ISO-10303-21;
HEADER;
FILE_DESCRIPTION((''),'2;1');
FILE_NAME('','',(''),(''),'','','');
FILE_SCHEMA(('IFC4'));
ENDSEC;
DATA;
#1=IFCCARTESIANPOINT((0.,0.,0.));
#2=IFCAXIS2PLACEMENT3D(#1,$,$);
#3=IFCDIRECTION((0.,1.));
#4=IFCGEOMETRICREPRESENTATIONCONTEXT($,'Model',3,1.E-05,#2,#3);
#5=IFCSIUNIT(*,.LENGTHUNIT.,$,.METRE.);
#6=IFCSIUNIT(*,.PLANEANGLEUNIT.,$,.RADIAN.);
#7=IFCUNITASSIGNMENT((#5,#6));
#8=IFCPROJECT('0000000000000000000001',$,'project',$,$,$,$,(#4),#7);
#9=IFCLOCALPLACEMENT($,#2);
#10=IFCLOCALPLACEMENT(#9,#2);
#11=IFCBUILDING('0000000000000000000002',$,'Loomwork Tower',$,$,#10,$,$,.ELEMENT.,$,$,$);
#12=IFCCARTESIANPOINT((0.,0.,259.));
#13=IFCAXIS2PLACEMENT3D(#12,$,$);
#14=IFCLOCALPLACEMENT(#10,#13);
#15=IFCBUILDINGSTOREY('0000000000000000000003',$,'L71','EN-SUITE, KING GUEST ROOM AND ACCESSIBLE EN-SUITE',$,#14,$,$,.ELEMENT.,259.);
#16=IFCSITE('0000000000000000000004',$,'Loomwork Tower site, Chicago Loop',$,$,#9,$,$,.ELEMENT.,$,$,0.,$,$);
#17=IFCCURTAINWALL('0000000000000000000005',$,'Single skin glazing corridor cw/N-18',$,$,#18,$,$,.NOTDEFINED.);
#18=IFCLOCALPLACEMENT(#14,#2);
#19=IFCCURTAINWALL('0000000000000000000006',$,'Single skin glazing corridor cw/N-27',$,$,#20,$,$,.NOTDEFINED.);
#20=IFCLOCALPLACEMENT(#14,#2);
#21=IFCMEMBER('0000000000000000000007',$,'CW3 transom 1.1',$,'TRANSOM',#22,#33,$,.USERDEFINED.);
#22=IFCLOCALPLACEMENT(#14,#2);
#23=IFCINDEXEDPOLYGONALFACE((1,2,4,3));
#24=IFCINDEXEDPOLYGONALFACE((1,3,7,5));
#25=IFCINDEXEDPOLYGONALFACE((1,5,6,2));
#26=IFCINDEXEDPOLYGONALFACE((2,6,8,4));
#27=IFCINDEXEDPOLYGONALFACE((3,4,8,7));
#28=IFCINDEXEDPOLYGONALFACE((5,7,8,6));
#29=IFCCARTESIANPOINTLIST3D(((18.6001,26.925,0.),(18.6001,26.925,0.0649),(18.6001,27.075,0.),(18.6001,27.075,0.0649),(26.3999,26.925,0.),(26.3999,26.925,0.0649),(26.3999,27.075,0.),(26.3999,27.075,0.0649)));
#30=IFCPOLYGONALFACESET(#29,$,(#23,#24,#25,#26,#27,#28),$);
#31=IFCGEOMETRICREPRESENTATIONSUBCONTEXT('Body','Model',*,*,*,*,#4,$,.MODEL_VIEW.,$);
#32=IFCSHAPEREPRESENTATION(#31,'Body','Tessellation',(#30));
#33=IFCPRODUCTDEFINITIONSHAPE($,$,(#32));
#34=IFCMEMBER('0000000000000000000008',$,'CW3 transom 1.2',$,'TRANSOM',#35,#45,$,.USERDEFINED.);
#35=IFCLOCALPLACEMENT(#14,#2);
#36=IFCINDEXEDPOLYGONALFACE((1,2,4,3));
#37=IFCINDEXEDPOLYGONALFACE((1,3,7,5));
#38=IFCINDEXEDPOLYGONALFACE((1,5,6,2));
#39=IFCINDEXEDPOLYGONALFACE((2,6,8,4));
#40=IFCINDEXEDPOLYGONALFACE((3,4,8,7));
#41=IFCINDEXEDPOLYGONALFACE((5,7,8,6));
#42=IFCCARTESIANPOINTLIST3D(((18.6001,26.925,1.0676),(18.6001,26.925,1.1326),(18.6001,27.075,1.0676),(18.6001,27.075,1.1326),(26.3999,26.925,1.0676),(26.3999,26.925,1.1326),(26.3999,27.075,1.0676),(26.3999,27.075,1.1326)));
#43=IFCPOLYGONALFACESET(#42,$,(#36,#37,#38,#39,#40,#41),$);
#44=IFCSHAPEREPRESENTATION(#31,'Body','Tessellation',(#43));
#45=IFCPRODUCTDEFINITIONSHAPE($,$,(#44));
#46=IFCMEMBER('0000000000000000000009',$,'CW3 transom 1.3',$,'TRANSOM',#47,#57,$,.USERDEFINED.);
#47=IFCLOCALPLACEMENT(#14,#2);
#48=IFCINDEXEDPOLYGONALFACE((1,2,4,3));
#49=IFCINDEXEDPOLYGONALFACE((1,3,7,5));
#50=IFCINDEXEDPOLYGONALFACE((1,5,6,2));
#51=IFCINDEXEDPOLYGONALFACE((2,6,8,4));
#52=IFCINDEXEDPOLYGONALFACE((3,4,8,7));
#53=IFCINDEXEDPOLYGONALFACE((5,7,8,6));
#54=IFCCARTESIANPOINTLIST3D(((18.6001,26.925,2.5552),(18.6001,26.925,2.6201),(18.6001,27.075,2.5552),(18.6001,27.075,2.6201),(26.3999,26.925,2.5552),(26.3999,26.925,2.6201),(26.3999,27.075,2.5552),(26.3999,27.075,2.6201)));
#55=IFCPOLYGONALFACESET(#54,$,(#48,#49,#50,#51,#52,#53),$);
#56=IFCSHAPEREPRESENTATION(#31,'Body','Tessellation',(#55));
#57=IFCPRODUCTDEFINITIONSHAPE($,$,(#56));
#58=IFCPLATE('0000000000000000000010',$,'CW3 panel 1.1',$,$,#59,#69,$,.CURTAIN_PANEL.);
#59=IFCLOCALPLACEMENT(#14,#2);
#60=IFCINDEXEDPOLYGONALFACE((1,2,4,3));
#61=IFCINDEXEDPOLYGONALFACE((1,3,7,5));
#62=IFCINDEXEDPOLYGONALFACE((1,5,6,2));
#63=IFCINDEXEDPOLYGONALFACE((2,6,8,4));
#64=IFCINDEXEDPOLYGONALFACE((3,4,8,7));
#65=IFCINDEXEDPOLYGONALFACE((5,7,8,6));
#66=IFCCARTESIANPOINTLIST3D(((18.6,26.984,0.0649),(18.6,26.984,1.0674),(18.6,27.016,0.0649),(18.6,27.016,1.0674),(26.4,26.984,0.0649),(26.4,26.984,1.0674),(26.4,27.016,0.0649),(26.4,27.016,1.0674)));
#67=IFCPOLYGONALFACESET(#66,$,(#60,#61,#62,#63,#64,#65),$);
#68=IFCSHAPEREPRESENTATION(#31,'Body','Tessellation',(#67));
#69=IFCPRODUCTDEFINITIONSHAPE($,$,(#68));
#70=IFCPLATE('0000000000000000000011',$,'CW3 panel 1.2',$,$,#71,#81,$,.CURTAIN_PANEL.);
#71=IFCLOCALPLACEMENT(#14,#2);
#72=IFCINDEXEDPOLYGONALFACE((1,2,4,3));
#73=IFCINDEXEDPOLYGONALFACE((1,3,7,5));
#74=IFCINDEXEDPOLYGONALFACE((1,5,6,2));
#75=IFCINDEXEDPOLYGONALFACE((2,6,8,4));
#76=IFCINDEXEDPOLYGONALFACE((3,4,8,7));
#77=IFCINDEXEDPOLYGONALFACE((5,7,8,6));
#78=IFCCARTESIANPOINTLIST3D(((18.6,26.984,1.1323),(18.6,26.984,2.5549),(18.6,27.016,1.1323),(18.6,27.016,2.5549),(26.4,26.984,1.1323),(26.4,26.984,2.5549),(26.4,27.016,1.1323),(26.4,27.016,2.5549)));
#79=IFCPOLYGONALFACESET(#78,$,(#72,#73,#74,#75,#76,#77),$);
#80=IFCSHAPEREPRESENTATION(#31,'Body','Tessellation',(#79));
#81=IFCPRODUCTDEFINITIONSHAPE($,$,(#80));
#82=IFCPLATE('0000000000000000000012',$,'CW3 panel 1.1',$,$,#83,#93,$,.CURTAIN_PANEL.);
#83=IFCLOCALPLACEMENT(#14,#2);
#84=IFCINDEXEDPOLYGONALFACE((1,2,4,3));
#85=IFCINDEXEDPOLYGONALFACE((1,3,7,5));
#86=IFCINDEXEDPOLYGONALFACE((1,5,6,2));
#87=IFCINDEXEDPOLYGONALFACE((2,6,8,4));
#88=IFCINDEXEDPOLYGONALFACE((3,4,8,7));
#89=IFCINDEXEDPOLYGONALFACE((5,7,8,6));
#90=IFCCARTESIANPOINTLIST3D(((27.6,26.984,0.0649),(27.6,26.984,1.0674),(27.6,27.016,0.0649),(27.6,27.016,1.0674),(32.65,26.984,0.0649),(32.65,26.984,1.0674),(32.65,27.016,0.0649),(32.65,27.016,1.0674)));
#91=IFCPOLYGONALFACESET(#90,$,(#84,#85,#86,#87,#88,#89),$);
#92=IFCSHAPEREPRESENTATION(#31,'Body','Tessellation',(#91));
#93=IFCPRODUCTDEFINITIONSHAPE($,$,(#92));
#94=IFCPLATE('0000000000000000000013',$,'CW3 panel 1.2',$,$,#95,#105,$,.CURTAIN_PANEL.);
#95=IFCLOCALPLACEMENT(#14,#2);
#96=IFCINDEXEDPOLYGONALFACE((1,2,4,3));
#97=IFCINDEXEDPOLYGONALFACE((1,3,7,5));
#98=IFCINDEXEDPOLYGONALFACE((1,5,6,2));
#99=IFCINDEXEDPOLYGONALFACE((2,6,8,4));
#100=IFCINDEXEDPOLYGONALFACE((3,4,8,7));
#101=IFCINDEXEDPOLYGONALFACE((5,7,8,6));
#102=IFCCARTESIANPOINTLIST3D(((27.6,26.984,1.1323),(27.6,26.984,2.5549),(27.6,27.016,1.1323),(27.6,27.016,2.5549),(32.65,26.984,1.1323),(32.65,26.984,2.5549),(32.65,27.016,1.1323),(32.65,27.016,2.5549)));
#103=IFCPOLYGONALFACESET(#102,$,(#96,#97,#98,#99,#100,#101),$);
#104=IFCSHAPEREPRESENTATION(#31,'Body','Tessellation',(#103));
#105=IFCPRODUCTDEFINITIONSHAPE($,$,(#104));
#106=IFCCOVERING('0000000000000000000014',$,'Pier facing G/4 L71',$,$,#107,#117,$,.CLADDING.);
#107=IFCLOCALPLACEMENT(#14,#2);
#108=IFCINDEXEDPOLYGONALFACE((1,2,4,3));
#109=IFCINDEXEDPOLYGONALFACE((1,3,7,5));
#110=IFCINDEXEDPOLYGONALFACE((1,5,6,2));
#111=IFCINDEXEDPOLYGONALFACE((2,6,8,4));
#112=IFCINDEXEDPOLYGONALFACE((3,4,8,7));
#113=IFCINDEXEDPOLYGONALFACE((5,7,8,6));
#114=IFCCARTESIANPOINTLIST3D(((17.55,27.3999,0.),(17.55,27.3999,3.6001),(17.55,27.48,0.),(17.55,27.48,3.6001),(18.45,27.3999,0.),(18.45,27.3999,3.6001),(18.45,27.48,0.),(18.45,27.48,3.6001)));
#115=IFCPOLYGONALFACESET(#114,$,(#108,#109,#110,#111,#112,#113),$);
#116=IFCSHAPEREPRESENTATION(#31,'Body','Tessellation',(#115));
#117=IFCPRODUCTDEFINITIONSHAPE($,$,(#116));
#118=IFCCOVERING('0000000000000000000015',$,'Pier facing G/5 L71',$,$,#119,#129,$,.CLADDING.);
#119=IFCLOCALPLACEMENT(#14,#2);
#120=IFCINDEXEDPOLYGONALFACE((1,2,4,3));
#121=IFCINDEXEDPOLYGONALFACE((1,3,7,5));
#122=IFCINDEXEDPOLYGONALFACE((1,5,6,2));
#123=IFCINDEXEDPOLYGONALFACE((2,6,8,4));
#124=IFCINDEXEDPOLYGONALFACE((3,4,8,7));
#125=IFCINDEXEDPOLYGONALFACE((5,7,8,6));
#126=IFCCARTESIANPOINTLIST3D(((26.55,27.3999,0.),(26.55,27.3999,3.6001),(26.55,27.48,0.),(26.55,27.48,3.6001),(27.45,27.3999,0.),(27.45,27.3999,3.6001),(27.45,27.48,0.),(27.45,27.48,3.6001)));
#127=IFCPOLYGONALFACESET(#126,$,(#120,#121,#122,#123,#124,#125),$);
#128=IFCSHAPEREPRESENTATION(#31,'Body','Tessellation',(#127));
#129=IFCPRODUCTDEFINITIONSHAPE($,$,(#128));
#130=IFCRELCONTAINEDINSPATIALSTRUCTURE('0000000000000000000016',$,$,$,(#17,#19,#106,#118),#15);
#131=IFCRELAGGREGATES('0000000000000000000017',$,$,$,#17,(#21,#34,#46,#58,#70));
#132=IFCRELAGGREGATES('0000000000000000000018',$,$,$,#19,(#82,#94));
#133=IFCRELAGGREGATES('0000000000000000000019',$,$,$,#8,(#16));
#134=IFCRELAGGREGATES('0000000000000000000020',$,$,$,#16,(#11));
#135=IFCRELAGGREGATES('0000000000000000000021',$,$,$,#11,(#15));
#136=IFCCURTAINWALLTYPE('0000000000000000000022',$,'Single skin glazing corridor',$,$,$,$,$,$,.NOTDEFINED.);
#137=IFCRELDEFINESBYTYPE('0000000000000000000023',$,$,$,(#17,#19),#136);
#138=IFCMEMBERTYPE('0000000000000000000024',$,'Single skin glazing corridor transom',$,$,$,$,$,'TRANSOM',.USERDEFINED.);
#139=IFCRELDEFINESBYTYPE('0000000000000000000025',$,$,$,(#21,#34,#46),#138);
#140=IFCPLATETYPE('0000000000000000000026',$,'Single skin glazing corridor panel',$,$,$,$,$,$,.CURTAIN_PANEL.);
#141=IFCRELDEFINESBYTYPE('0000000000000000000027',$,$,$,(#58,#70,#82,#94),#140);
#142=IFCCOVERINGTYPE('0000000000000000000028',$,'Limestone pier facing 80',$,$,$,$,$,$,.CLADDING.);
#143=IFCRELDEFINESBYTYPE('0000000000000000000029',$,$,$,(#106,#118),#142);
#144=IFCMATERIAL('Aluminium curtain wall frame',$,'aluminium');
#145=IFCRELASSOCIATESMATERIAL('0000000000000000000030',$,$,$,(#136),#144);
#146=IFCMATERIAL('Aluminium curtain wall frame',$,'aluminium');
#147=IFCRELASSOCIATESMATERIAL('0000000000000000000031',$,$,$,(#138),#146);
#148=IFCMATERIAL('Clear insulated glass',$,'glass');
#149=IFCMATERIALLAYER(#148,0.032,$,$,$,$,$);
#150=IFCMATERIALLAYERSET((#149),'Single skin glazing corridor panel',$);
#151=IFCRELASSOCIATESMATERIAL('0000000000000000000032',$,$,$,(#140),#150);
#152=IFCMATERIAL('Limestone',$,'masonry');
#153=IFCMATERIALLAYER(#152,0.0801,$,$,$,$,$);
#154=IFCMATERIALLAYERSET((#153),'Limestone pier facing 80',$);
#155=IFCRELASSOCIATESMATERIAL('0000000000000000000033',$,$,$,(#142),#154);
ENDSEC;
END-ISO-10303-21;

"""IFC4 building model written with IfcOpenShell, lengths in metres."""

from ifc_helpers import new_model, si_unit, direction, frame, origin, origin_2d, place, context, subcontext, project, spatial, rectangle, extrude, material, layer, layer_set, material_profile, profile_set, type_object, element, aggregate, save


model = new_model("IFC4")

# Units and contexts
model_context = context("Model", 3, precision=1e-05, world=origin(), true_north=direction((0.0, 1.0)))
body_context = subcontext(model_context, "Body", "Model", "MODEL_VIEW")
ifc_project = project(units=[si_unit("LENGTHUNIT", "METRE"), si_unit("PLANEANGLEUNIT", "RADIAN")], contexts=[model_context])

# Site, building, storey
site_placement = place(None, origin())
site = spatial("IfcSite", under=ifc_project, at=site_placement, Name="Loomwork Tower site, Chicago Loop", CompositionType="ELEMENT", RefElevation=0.0)
building_placement = place(site_placement, origin())
building = spatial("IfcBuilding", under=site, at=building_placement, Name="Loomwork Tower", CompositionType="ELEMENT")
storey_placement = place(building_placement, frame((0.0, 0.0, 259.0)))
storey = spatial("IfcBuildingStorey", under=building, at=storey_placement, Name="L71", Description="EN-SUITE, KING GUEST ROOM AND ACCESSIBLE EN-SUITE", CompositionType="ELEMENT", Elevation=259.0)

# Shared definitions
ifc_material_1 = material(Name="Aluminium curtain wall frame", Category="aluminium")
curtain_wall_type = type_object("IfcCurtainWallType", Name="Single skin glazing corridor", PredefinedType="NOTDEFINED", material=ifc_material_1)

# Curtain wall
curtain_wall_1_placement = place(storey_placement, origin())
curtain_wall_1 = element("IfcCurtainWall", 1, at=curtain_wall_1_placement, inside=storey, type_object=curtain_wall_type, Name="Single skin glazing corridor cw/N-18", PredefinedType="NOTDEFINED")

# Curtain wall
curtain_wall_2_placement = place(storey_placement, origin())
curtain_wall_2 = element("IfcCurtainWall", 2, at=curtain_wall_2_placement, inside=storey, type_object=curtain_wall_type, Name="Single skin glazing corridor cw/N-27", PredefinedType="NOTDEFINED")

# Members
ifc_material_2 = material(Name="Aluminium curtain wall frame", Category="aluminium")
ifc_material_profile_1 = material_profile(ifc_material_2, rectangle(XDim=0.1499, YDim=0.0649, at=origin_2d()), Name="AL 65x150")
ifc_profile_set_1 = profile_set([ifc_material_profile_1], Name="Aluminium curtain wall frame")
member_type_1 = type_object("IfcMemberType", Name="Single skin glazing corridor transom", ElementType="TRANSOM", PredefinedType="USERDEFINED", material=ifc_profile_set_1)
member_1_placement = place(storey_placement, frame((26.3999, 27.0, 0.0325), z_axis=(-1.0, 0.0, 0.0), x_axis=(0.0, -1.0, 0.0)))
member_1 = element("IfcMember", 3, at=member_1_placement, type_object=member_type_1, Name="CW3 transom 1.1", ObjectType="TRANSOM", PredefinedType="USERDEFINED", context=body_context, shape_type="SweptSolid", body=[
    extrude(rectangle(XDim=0.1499, YDim=0.0649, at=origin_2d()), origin(), (0.0, 0.0, 1.0), 7.7998),
])
member_2_placement = place(storey_placement, frame((26.3999, 27.0, 1.1001), z_axis=(-1.0, 0.0, 0.0), x_axis=(0.0, -1.0, 0.0)))
member_2 = element("IfcMember", 4, at=member_2_placement, type_object=member_type_1, Name="CW3 transom 1.2", ObjectType="TRANSOM", PredefinedType="USERDEFINED", context=body_context, shape_type="SweptSolid", body=[
    extrude(rectangle(XDim=0.1499, YDim=0.0649, at=origin_2d()), origin(), (0.0, 0.0, 1.0), 7.7998),
])
member_3_placement = place(storey_placement, frame((26.3999, 27.0, 2.5876), z_axis=(-1.0, 0.0, 0.0), x_axis=(0.0, -1.0, 0.0)))
member_3 = element("IfcMember", 5, at=member_3_placement, type_object=member_type_1, Name="CW3 transom 1.3", ObjectType="TRANSOM", PredefinedType="USERDEFINED", context=body_context, shape_type="SweptSolid", body=[
    extrude(rectangle(XDim=0.1499, YDim=0.0649, at=origin_2d()), origin(), (0.0, 0.0, 1.0), 7.7998),
])

# Plates
ifc_material_3 = material(Name="Clear insulated glass", Category="glass")
ifc_layer_1 = layer(ifc_material_3, 0.032)
ifc_layer_set_1 = layer_set([ifc_layer_1], Name="Single skin glazing corridor panel")
plate_type = type_object("IfcPlateType", Name="Single skin glazing corridor panel", PredefinedType="CURTAIN_PANEL", material=ifc_layer_set_1)
plate_1_placement = place(storey_placement, frame((22.5, 27.0, 0.0649), z_axis=(0.0, 0.0, 1.0), x_axis=(-1.0, 0.0, 0.0)))
plate_1 = element("IfcPlate", 6, at=plate_1_placement, type_object=plate_type, Name="CW3 panel 1.1", PredefinedType="CURTAIN_PANEL", context=body_context, shape_type="SweptSolid", body=[
    extrude(rectangle(XDim=7.8, YDim=0.032, at=origin_2d()), origin(), (0.0, 0.0, 1.0), 1.0024),
])
plate_2_placement = place(storey_placement, frame((22.5, 27.0, 1.1323), z_axis=(0.0, 0.0, 1.0), x_axis=(-1.0, 0.0, 0.0)))
plate_2 = element("IfcPlate", 7, at=plate_2_placement, type_object=plate_type, Name="CW3 panel 1.2", PredefinedType="CURTAIN_PANEL", context=body_context, shape_type="SweptSolid", body=[
    extrude(rectangle(XDim=7.8, YDim=0.032, at=origin_2d()), origin(), (0.0, 0.0, 1.0), 1.4226),
])
aggregate(curtain_wall_1, [member_1, member_2, member_3, plate_1, plate_2])
plate_3_placement = place(storey_placement, frame((30.125, 27.0, 0.0649), z_axis=(0.0, 0.0, 1.0), x_axis=(-1.0, 0.0, 0.0)))
plate_3 = element("IfcPlate", 8, at=plate_3_placement, type_object=plate_type, Name="CW3 panel 1.1", PredefinedType="CURTAIN_PANEL", context=body_context, shape_type="SweptSolid", body=[
    extrude(rectangle(XDim=5.05, YDim=0.032, at=origin_2d()), origin(), (0.0, 0.0, 1.0), 1.0024),
])
plate_4_placement = place(storey_placement, frame((30.125, 27.0, 1.1323), z_axis=(0.0, 0.0, 1.0), x_axis=(-1.0, 0.0, 0.0)))
plate_4 = element("IfcPlate", 9, at=plate_4_placement, type_object=plate_type, Name="CW3 panel 1.2", PredefinedType="CURTAIN_PANEL", context=body_context, shape_type="SweptSolid", body=[
    extrude(rectangle(XDim=5.05, YDim=0.032, at=origin_2d()), origin(), (0.0, 0.0, 1.0), 1.4226),
])
aggregate(curtain_wall_2, [plate_3, plate_4])

# Coverings
ifc_material_4 = material(Name="Limestone", Category="masonry")
ifc_layer_2 = layer(ifc_material_4, 0.0801)
ifc_layer_set_2 = layer_set([ifc_layer_2], Name="Limestone pier facing 80")
covering_type = type_object("IfcCoveringType", Name="Limestone pier facing 80", PredefinedType="CLADDING", material=ifc_layer_set_2)
for number, where, z_axis, x_axis, name in (
    (10, (18.0, 27.4399, 0.0), (0.0, 0.0, 1.0), (1.0, 0.0, 0.0), "Pier facing G/4 L71"),
    (11, (27.0, 27.4399, 0.0), (0.0, 0.0, 1.0), (1.0, 0.0, 0.0), "Pier facing G/5 L71"),
):
    element("IfcCovering", number, at=place(storey_placement, frame(where, z_axis=z_axis, x_axis=x_axis)), inside=storey, type_object=covering_type, Name=name, PredefinedType="CLADDING", context=body_context, shape_type="SweptSolid", body=[
        extrude(rectangle(XDim=0.8999, YDim=0.0801, at=origin_2d()), origin(), (0.0, 0.0, 1.0), 3.6001),
    ])

save(model, "model.ifc")
